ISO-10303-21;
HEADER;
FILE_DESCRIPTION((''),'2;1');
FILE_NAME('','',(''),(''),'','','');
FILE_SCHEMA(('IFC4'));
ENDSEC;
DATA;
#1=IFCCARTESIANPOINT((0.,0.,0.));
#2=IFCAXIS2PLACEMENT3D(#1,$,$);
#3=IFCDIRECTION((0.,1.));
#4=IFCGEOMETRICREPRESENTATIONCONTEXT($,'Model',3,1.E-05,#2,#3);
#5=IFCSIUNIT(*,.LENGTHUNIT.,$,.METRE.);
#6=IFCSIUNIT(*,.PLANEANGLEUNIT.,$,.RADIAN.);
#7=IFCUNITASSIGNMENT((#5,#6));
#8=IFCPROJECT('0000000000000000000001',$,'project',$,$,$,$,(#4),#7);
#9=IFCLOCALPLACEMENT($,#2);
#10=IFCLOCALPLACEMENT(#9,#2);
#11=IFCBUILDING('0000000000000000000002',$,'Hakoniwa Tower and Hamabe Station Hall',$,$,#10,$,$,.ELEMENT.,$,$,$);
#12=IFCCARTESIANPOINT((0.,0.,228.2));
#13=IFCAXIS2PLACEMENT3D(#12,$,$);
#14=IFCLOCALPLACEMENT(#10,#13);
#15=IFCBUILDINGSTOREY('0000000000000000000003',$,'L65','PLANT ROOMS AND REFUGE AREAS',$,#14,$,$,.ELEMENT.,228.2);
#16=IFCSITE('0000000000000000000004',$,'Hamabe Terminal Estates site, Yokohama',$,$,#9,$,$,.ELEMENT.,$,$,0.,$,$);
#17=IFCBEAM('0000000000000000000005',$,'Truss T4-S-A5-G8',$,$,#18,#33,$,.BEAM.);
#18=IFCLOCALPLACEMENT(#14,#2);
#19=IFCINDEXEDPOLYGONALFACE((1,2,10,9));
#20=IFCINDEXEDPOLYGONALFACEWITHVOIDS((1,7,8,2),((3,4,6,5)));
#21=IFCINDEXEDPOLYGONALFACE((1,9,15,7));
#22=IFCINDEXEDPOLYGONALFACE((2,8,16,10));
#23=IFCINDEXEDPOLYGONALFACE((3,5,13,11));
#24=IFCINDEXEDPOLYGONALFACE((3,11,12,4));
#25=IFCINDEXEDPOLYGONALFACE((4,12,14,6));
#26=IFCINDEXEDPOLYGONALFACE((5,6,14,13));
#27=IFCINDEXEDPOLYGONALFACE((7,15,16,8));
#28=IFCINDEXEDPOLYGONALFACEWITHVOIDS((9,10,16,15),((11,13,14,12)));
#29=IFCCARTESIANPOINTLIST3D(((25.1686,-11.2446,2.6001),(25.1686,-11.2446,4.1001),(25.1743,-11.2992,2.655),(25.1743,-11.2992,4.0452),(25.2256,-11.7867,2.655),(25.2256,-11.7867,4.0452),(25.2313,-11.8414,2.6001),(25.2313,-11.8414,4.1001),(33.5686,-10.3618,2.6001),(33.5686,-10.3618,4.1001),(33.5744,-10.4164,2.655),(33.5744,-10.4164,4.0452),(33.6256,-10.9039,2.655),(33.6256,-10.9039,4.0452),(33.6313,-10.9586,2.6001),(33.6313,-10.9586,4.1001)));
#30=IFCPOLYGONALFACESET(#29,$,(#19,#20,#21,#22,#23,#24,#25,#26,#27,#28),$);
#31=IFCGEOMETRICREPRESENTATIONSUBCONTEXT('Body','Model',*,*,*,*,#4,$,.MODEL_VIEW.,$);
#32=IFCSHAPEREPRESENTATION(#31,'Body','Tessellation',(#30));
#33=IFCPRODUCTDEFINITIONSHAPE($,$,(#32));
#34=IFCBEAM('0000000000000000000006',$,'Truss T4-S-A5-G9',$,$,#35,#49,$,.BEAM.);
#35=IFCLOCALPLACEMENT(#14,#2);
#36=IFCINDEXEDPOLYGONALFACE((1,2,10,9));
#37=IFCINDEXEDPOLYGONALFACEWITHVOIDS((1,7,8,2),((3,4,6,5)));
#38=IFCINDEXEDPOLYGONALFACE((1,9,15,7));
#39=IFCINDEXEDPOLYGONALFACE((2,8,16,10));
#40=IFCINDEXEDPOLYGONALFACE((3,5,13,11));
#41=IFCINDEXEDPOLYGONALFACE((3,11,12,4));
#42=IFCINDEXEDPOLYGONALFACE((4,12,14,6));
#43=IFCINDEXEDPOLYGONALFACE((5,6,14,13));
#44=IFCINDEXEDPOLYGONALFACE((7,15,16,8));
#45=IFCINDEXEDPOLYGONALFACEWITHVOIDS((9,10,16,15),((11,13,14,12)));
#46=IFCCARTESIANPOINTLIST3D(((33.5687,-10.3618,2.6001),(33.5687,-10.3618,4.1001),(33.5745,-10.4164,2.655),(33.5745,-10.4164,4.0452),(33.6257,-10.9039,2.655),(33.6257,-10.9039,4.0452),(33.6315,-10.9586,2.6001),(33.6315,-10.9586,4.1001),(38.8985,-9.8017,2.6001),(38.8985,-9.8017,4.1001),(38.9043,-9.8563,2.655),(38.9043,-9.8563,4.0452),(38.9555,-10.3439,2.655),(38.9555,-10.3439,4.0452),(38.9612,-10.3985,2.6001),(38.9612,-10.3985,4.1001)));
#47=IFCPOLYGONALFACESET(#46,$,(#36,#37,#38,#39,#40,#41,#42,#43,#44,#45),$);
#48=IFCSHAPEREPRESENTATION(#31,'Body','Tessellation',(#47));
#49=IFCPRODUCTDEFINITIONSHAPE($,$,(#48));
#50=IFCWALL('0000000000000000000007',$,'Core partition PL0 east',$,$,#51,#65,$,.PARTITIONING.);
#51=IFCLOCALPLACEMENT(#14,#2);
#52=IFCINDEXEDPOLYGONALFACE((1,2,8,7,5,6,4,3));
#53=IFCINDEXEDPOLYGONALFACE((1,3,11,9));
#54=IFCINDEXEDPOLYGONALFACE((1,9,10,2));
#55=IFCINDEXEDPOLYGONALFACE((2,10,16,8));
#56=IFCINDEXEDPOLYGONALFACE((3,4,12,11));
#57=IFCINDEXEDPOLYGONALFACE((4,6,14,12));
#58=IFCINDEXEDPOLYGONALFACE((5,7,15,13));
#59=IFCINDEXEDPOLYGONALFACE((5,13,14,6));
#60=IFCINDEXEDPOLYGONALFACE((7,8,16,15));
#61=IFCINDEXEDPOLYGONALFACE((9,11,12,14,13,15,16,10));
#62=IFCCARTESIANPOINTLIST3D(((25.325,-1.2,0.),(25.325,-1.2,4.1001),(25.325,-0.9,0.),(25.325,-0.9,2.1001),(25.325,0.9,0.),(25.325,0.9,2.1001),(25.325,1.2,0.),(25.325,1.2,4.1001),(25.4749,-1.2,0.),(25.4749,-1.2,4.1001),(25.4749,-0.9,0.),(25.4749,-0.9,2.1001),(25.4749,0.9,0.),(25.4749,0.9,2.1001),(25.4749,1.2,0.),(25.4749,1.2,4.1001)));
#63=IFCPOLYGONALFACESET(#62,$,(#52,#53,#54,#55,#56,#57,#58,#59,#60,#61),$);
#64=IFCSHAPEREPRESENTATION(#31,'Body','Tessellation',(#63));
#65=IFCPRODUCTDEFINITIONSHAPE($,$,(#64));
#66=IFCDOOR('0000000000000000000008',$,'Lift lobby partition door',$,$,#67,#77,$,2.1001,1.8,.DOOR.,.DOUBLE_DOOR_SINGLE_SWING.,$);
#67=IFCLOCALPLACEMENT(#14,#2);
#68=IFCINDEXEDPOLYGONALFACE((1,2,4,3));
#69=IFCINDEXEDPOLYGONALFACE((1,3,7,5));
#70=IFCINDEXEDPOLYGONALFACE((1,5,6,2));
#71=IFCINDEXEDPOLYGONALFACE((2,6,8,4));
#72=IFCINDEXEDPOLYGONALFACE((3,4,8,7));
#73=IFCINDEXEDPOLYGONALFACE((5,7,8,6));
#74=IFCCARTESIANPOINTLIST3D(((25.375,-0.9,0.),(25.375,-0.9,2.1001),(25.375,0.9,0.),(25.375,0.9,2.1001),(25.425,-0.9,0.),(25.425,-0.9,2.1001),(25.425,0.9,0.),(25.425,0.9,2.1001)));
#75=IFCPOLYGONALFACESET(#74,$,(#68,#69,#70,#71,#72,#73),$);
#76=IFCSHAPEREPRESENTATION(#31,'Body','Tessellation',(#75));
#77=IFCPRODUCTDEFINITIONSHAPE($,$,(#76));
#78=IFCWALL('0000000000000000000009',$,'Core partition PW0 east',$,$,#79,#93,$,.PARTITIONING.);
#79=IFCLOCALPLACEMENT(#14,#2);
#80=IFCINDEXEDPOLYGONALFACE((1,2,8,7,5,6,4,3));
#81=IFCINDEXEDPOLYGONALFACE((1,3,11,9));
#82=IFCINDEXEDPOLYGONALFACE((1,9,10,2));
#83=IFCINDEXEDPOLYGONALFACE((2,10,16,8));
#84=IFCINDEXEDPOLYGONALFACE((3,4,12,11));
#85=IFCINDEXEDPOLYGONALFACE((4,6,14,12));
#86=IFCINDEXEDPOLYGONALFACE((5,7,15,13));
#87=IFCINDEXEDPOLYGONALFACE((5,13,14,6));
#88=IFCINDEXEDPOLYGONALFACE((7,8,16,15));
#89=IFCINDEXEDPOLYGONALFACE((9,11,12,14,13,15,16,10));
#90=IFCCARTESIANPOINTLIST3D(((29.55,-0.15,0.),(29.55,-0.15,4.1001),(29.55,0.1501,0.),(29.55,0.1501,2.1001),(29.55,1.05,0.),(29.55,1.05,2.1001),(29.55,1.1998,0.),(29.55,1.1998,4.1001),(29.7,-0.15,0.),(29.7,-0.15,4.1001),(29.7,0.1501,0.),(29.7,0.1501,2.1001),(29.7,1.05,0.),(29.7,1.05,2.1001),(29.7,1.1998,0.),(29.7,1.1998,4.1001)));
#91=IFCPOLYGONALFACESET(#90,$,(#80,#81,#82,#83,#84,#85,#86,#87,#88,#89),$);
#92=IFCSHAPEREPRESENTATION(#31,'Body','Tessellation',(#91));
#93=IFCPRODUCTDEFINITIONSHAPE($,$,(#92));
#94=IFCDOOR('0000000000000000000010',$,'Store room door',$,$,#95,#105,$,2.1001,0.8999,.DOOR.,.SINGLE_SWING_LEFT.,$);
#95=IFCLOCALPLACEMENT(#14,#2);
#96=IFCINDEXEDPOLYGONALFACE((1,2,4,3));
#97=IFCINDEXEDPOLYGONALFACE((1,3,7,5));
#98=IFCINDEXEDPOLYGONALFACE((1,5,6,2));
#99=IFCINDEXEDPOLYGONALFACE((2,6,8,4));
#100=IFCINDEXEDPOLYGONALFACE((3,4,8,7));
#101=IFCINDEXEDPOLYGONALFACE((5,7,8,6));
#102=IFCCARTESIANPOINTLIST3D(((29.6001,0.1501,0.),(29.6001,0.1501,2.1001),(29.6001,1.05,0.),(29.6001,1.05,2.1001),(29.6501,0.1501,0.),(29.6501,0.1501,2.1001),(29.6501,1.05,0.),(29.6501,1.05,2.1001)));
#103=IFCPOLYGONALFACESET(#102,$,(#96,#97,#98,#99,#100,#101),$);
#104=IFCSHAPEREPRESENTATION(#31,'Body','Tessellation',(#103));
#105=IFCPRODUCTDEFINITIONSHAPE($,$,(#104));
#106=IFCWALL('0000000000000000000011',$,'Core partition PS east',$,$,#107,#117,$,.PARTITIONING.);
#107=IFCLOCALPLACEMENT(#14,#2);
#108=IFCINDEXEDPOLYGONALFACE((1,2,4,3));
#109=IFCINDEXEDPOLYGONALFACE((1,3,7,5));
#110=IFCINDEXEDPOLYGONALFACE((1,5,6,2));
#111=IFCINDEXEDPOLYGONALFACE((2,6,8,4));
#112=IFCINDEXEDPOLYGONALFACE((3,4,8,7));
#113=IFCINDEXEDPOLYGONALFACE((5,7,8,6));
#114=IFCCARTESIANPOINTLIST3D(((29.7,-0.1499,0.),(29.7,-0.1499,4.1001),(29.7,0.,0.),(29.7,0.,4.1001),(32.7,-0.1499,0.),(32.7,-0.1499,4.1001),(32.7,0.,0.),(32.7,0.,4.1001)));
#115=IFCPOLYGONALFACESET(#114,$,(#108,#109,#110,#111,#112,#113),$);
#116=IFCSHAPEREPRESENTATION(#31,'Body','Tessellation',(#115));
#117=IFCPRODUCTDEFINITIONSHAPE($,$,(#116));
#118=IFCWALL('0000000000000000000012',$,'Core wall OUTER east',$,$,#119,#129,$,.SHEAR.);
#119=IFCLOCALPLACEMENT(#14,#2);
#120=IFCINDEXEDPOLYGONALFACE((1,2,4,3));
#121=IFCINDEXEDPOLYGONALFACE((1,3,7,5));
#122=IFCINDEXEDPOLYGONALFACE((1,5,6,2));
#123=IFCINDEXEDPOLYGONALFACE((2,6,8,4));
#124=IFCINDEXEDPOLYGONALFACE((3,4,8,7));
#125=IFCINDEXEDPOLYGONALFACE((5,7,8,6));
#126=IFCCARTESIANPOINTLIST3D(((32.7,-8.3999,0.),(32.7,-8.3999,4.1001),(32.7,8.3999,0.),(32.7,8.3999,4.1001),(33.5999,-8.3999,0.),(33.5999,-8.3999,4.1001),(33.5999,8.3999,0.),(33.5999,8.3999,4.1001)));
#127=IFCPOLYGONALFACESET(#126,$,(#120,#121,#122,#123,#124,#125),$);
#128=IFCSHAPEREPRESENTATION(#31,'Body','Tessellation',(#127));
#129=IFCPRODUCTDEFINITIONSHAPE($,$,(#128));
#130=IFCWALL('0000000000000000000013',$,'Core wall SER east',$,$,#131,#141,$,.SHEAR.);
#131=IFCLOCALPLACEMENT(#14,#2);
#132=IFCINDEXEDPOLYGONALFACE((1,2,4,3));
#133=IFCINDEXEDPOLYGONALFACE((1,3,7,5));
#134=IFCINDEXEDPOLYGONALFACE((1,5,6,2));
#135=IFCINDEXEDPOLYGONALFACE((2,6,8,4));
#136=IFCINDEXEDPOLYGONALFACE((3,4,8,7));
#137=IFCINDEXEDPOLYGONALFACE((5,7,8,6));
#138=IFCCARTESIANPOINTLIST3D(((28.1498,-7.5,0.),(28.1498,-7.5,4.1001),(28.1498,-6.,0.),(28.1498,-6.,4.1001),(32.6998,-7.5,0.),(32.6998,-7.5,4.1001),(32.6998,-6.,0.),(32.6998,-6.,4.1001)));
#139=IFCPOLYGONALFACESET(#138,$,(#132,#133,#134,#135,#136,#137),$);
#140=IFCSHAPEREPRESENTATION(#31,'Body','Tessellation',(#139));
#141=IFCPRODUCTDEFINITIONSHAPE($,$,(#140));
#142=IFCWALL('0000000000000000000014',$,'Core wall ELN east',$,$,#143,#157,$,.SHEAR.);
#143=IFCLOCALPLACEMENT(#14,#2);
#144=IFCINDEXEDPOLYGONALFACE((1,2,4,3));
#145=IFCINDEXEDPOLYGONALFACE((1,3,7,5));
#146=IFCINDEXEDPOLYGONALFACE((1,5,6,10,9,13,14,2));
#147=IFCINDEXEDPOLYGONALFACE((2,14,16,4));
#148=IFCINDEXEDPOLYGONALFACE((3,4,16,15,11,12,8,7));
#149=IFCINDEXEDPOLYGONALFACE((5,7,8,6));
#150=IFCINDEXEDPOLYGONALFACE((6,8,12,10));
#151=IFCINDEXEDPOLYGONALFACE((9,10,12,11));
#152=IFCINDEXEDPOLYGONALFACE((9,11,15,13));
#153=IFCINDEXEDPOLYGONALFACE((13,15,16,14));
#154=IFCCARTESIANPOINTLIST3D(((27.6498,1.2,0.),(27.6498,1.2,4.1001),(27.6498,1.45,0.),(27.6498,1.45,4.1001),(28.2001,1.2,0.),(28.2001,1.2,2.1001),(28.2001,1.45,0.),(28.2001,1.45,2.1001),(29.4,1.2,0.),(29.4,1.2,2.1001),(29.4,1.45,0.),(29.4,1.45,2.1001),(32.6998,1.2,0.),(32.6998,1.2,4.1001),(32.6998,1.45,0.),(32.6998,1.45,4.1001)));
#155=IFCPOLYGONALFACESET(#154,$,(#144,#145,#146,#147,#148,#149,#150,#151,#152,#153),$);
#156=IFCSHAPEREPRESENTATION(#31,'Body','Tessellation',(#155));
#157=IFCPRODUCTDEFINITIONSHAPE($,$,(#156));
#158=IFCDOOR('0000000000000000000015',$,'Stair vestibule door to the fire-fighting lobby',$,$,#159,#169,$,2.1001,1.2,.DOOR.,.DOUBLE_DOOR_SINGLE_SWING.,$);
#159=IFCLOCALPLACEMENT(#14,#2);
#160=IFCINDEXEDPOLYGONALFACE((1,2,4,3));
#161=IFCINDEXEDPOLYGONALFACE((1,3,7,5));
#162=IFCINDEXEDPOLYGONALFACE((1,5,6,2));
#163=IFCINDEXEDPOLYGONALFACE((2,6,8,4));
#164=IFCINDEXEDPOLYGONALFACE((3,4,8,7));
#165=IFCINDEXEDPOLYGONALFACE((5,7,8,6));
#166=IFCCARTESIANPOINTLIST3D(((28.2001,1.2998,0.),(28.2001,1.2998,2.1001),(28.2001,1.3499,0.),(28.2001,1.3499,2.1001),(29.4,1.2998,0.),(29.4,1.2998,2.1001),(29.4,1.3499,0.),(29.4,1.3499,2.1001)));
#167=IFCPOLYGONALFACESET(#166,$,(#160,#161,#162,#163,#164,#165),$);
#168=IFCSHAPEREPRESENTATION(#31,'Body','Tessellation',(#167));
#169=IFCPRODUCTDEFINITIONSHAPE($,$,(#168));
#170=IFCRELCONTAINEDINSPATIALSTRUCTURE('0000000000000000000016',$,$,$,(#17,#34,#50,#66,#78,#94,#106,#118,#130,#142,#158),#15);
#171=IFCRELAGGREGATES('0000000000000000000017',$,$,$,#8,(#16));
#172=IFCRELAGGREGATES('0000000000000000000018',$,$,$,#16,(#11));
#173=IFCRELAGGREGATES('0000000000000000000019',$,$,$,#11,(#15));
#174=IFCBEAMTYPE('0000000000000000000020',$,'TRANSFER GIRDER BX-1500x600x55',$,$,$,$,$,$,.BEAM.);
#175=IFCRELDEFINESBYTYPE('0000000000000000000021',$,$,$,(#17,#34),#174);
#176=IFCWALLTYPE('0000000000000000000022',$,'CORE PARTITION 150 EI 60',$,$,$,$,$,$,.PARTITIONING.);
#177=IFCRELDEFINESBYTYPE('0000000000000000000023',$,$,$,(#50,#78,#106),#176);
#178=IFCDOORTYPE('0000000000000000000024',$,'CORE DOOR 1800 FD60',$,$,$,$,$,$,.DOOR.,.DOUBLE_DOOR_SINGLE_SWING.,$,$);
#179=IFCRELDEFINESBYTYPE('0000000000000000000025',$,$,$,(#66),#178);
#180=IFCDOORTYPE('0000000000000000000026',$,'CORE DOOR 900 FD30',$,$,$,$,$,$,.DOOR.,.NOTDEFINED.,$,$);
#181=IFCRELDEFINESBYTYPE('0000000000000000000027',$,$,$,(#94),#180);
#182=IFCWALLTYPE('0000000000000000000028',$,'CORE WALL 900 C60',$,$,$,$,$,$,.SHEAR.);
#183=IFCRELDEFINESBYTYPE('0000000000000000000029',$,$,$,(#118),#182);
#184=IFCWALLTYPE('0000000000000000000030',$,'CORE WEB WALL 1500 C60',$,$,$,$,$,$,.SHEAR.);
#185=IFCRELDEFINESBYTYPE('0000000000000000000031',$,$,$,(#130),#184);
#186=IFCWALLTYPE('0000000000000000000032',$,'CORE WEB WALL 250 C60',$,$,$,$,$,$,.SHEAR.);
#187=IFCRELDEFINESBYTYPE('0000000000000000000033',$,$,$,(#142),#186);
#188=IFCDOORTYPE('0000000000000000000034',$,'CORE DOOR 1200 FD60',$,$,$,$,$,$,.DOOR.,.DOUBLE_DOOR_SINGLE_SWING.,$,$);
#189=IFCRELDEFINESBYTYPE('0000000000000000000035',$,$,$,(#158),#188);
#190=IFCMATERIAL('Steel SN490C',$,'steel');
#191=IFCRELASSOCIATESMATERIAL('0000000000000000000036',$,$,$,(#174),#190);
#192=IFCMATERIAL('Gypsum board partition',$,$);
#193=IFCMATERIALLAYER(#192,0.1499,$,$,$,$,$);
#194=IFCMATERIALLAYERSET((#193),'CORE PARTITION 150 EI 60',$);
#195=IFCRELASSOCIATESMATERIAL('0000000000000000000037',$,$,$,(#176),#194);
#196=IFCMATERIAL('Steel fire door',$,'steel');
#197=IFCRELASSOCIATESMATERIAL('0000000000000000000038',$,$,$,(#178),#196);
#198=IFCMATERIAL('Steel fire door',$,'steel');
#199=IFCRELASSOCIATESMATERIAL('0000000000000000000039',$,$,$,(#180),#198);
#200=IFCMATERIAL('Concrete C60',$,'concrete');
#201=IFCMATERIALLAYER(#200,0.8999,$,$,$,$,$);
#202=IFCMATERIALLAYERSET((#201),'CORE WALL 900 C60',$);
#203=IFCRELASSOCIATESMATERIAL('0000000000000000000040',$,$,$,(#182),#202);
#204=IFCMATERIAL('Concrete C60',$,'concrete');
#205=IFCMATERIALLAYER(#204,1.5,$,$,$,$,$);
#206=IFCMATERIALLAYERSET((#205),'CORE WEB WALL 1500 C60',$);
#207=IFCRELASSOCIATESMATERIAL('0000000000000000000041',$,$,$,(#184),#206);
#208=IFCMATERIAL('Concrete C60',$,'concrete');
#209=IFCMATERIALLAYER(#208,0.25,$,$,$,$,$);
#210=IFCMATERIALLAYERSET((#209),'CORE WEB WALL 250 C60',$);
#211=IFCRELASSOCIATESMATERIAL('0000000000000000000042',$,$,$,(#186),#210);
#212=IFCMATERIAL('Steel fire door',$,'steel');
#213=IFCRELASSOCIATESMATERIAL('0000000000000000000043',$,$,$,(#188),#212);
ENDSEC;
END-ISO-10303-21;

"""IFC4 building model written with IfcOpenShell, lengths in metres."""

from ifc_helpers import new_model, si_unit, direction, frame, frame_2d, origin, origin_2d, place, context, subcontext, project, spatial, rectangle, hollow_rectangle, extrude, material, layer, layer_set, material_profile, profile_set, type_object, element, fill, save


model = new_model("IFC4")

# Units and contexts
model_context = context("Model", 3, precision=1e-05, world=origin(), true_north=direction((0.0, 1.0)))
body_context = subcontext(model_context, "Body", "Model", "MODEL_VIEW")
ifc_project = project(units=[si_unit("LENGTHUNIT", "METRE"), si_unit("PLANEANGLEUNIT", "RADIAN")], contexts=[model_context])

# Site, building, storey
site_placement = place(None, origin())
site = spatial("IfcSite", under=ifc_project, at=site_placement, Name="Hamabe Terminal Estates site, Yokohama", CompositionType="ELEMENT", RefElevation=0.0)
building_placement = place(site_placement, origin())
building = spatial("IfcBuilding", under=site, at=building_placement, Name="Hakoniwa Tower and Hamabe Station Hall", CompositionType="ELEMENT")
storey_placement = place(building_placement, frame((0.0, 0.0, 228.2)))
storey = spatial("IfcBuildingStorey", under=building, at=storey_placement, Name="L65", Description="PLANT ROOMS AND REFUGE AREAS", CompositionType="ELEMENT", Elevation=228.2)

# Beams
ifc_material_1 = material(Name="Steel SN490C", Category="steel")
ifc_material_profile_1 = material_profile(ifc_material_1, hollow_rectangle(XDim=0.6001, YDim=1.5, WallThickness=0.0549, at=origin_2d()), Name="BX-1500x600x55")
ifc_profile_set_1 = profile_set([ifc_material_profile_1], Name="Steel SN490C")
beam_type = type_object("IfcBeamType", Name="TRANSFER GIRDER BX-1500x600x55", PredefinedType="BEAM", material=ifc_profile_set_1)
beam_1_placement = place(storey_placement, frame((25.2, -11.543, 3.3501), z_axis=(0.994523, 0.104519, 0.0), x_axis=(-0.104519, 0.994523, 0.0)))
element("IfcBeam", 1, at=beam_1_placement, inside=storey, type_object=beam_type, Name="Truss T4-S-A5-G8", PredefinedType="BEAM", context=body_context, shape_type="SweptSolid", body=[
    extrude(hollow_rectangle(XDim=0.6001, YDim=1.5, WallThickness=0.0549, at=origin_2d()), origin(), (0.0, 0.0, 1.0), 8.4463),
])
beam_2_placement = place(storey_placement, frame((33.6001, -10.6602, 3.3501), z_axis=(0.994524, 0.104505, 0.0), x_axis=(-0.104505, 0.994524, 0.0)))
element("IfcBeam", 2, at=beam_2_placement, inside=storey, type_object=beam_type, Name="Truss T4-S-A5-G9", PredefinedType="BEAM", context=body_context, shape_type="SweptSolid", body=[
    extrude(hollow_rectangle(XDim=0.6001, YDim=1.5, WallThickness=0.0549, at=origin_2d()), origin(), (0.0, 0.0, 1.0), 5.3591),
])

# Walls, openings, doors
ifc_material_2 = material(Name="Gypsum board partition")
ifc_layer_1 = layer(ifc_material_2, 0.1499)
ifc_layer_set_1 = layer_set([ifc_layer_1], Name="CORE PARTITION 150 EI 60")
wall_type_1 = type_object("IfcWallType", Name="CORE PARTITION 150 EI 60", PredefinedType="PARTITIONING", material=ifc_layer_set_1)
wall_1_placement = place(storey_placement, frame((25.3999, -1.2, 0.0), z_axis=(0.0, 0.0, 1.0), x_axis=(0.0, 1.0, 0.0)))
wall_1 = element("IfcWall", 3, at=wall_1_placement, inside=storey, type_object=wall_type_1, Name="Core partition PL0 east", PredefinedType="PARTITIONING", context=body_context, shape_type="SweptSolid", body=[
    extrude(rectangle(XDim=2.3999, YDim=0.1499, at=frame_2d((1.2, 0.0))), origin(), (0.0, 0.0, 1.0), 4.1001),
])
opening_1_placement = place(wall_1_placement, frame((0.3, 0.0, 0.0)))
opening_1 = element("IfcOpeningElement", 4, at=opening_1_placement, cuts=wall_1, PredefinedType="OPENING", context=body_context, shape_type="SweptSolid", body=[
    extrude(rectangle(XDim=1.8, YDim=2.1001, at=frame_2d((0.8999, 1.05))), frame((0.0, 0.085, 0.0), z_axis=(0.0, -1.0, 0.0), x_axis=(1.0, 0.0, 0.0)), (0.0, 0.0, 1.0), 0.1699),
])
ifc_material_3 = material(Name="Steel fire door", Category="steel")
door_type_1 = type_object("IfcDoorType", Name="CORE DOOR 1800 FD60", OperationType="DOUBLE_DOOR_SINGLE_SWING", PredefinedType="DOOR", material=ifc_material_3)
door_1_placement = place(opening_1_placement, origin())
door_1 = element("IfcDoor", 5, at=door_1_placement, inside=storey, type_object=door_type_1, Name="Lift lobby partition door", OperationType="DOUBLE_DOOR_SINGLE_SWING", OverallHeight=2.1001, OverallWidth=1.8, PredefinedType="DOOR", context=body_context, shape_type="SweptSolid", body=[
    extrude(rectangle(XDim=1.8, YDim=2.1001, at=frame_2d((0.8999, 1.05))), frame((0.0, 0.0249, 0.0), z_axis=(0.0, -1.0, 0.0), x_axis=(1.0, 0.0, 0.0)), (0.0, 0.0, 1.0), 0.05),
])
fill(opening_1, door_1)
wall_2_placement = place(storey_placement, frame((29.625, -0.1499, 0.0), z_axis=(0.0, 0.0, 1.0), x_axis=(0.0, 1.0, 0.0)))
wall_2 = element("IfcWall", 6, at=wall_2_placement, inside=storey, type_object=wall_type_1, Name="Core partition PW0 east", PredefinedType="PARTITIONING", context=body_context, shape_type="SweptSolid", body=[
    extrude(rectangle(XDim=1.3499, YDim=0.1499, at=frame_2d((0.6748, 0.0))), origin(), (0.0, 0.0, 1.0), 4.1001),
])
opening_2_placement = place(wall_2_placement, frame((0.3, 0.0, 0.0)))
opening_2 = element("IfcOpeningElement", 7, at=opening_2_placement, cuts=wall_2, PredefinedType="OPENING", context=body_context, shape_type="SweptSolid", body=[
    extrude(rectangle(XDim=0.8999, YDim=2.1001, at=frame_2d((0.45, 1.05))), frame((0.0, 0.085, 0.0), z_axis=(0.0, -1.0, 0.0), x_axis=(1.0, 0.0, 0.0)), (0.0, 0.0, 1.0), 0.1699),
])
ifc_material_4 = material(Name="Steel fire door", Category="steel")
door_type_2 = type_object("IfcDoorType", Name="CORE DOOR 900 FD30", OperationType="NOTDEFINED", PredefinedType="DOOR", material=ifc_material_4)
door_2_placement = place(opening_2_placement, origin())
door_2 = element("IfcDoor", 8, at=door_2_placement, inside=storey, type_object=door_type_2, Name="Store room door", OperationType="SINGLE_SWING_LEFT", OverallHeight=2.1001, OverallWidth=0.8999, PredefinedType="DOOR", context=body_context, shape_type="SweptSolid", body=[
    extrude(rectangle(XDim=0.8999, YDim=2.1001, at=frame_2d((0.45, 1.05))), frame((0.0, 0.0249, 0.0), z_axis=(0.0, -1.0, 0.0), x_axis=(1.0, 0.0, 0.0)), (0.0, 0.0, 1.0), 0.05),
])
fill(opening_2, door_2)

# Walls
wall_3_placement = place(storey_placement, frame((29.7, -0.075, 0.0), z_axis=(0.0, 0.0, 1.0), x_axis=(1.0, 0.0, 0.0)))
element("IfcWall", 9, at=wall_3_placement, inside=storey, type_object=wall_type_1, Name="Core partition PS east", PredefinedType="PARTITIONING", context=body_context, shape_type="SweptSolid", body=[
    extrude(rectangle(XDim=3.0, YDim=0.1499, at=frame_2d((1.5, 0.0))), origin(), (0.0, 0.0, 1.0), 4.1001),
])
ifc_material_5 = material(Name="Concrete C60", Category="concrete")
ifc_layer_2 = layer(ifc_material_5, 0.8999)
ifc_layer_set_2 = layer_set([ifc_layer_2], Name="CORE WALL 900 C60")
wall_type_2 = type_object("IfcWallType", Name="CORE WALL 900 C60", PredefinedType="SHEAR", material=ifc_layer_set_2)
wall_4_placement = place(storey_placement, frame((33.1499, -8.3999, 0.0), z_axis=(0.0, 0.0, 1.0), x_axis=(0.0, 1.0, 0.0)))
element("IfcWall", 10, at=wall_4_placement, inside=storey, type_object=wall_type_2, Name="Core wall OUTER east", PredefinedType="SHEAR", context=body_context, shape_type="SweptSolid", body=[
    extrude(rectangle(XDim=16.7998, YDim=0.8999, at=frame_2d((8.3999, 0.0))), origin(), (0.0, 0.0, 1.0), 4.1001),
])
ifc_material_6 = material(Name="Concrete C60", Category="concrete")
ifc_layer_3 = layer(ifc_material_6, 1.5)
ifc_layer_set_3 = layer_set([ifc_layer_3], Name="CORE WEB WALL 1500 C60")
wall_type_3 = type_object("IfcWallType", Name="CORE WEB WALL 1500 C60", PredefinedType="SHEAR", material=ifc_layer_set_3)
wall_5_placement = place(storey_placement, frame((28.1499, -6.75, 0.0), z_axis=(0.0, 0.0, 1.0), x_axis=(1.0, 0.0, 0.0)))
element("IfcWall", 11, at=wall_5_placement, inside=storey, type_object=wall_type_3, Name="Core wall SER east", PredefinedType="SHEAR", context=body_context, shape_type="SweptSolid", body=[
    extrude(rectangle(XDim=4.55, YDim=1.5, at=frame_2d((2.2749, 0.0))), origin(), (0.0, 0.0, 1.0), 4.1001),
])

# Wall, opening, door
ifc_material_7 = material(Name="Concrete C60", Category="concrete")
ifc_layer_4 = layer(ifc_material_7, 0.25)
ifc_layer_set_4 = layer_set([ifc_layer_4], Name="CORE WEB WALL 250 C60")
wall_type_4 = type_object("IfcWallType", Name="CORE WEB WALL 250 C60", PredefinedType="SHEAR", material=ifc_layer_set_4)
wall_6_placement = place(storey_placement, frame((27.6499, 1.325, 0.0), z_axis=(0.0, 0.0, 1.0), x_axis=(1.0, 0.0, 0.0)))
wall_6 = element("IfcWall", 12, at=wall_6_placement, inside=storey, type_object=wall_type_4, Name="Core wall ELN east", PredefinedType="SHEAR", context=body_context, shape_type="SweptSolid", body=[
    extrude(rectangle(XDim=5.05, YDim=0.25, at=frame_2d((2.5249, 0.0))), origin(), (0.0, 0.0, 1.0), 4.1001),
])
opening_3_placement = place(wall_6_placement, frame((0.55, 0.0, 0.0)))
opening_3 = element("IfcOpeningElement", 13, at=opening_3_placement, cuts=wall_6, PredefinedType="OPENING", context=body_context, shape_type="SweptSolid", body=[
    extrude(rectangle(XDim=1.2, YDim=2.1001, at=frame_2d((0.6001, 1.05))), frame((0.0, 0.135, 0.0), z_axis=(0.0, -1.0, 0.0), x_axis=(1.0, 0.0, 0.0)), (0.0, 0.0, 1.0), 0.27),
])
ifc_material_8 = material(Name="Steel fire door", Category="steel")
door_type_3 = type_object("IfcDoorType", Name="CORE DOOR 1200 FD60", OperationType="DOUBLE_DOOR_SINGLE_SWING", PredefinedType="DOOR", material=ifc_material_8)
door_3_placement = place(opening_3_placement, origin())
door_3 = element("IfcDoor", 14, at=door_3_placement, inside=storey, type_object=door_type_3, Name="Stair vestibule door to the fire-fighting lobby", OperationType="DOUBLE_DOOR_SINGLE_SWING", OverallHeight=2.1001, OverallWidth=1.2, PredefinedType="DOOR", context=body_context, shape_type="SweptSolid", body=[
    extrude(rectangle(XDim=1.2, YDim=2.1001, at=frame_2d((0.6001, 1.05))), frame((0.0, 0.0249, 0.0), z_axis=(0.0, -1.0, 0.0), x_axis=(1.0, 0.0, 0.0)), (0.0, 0.0, 1.0), 0.05),
])
fill(opening_3, door_3)

save(model, "model.ifc")
